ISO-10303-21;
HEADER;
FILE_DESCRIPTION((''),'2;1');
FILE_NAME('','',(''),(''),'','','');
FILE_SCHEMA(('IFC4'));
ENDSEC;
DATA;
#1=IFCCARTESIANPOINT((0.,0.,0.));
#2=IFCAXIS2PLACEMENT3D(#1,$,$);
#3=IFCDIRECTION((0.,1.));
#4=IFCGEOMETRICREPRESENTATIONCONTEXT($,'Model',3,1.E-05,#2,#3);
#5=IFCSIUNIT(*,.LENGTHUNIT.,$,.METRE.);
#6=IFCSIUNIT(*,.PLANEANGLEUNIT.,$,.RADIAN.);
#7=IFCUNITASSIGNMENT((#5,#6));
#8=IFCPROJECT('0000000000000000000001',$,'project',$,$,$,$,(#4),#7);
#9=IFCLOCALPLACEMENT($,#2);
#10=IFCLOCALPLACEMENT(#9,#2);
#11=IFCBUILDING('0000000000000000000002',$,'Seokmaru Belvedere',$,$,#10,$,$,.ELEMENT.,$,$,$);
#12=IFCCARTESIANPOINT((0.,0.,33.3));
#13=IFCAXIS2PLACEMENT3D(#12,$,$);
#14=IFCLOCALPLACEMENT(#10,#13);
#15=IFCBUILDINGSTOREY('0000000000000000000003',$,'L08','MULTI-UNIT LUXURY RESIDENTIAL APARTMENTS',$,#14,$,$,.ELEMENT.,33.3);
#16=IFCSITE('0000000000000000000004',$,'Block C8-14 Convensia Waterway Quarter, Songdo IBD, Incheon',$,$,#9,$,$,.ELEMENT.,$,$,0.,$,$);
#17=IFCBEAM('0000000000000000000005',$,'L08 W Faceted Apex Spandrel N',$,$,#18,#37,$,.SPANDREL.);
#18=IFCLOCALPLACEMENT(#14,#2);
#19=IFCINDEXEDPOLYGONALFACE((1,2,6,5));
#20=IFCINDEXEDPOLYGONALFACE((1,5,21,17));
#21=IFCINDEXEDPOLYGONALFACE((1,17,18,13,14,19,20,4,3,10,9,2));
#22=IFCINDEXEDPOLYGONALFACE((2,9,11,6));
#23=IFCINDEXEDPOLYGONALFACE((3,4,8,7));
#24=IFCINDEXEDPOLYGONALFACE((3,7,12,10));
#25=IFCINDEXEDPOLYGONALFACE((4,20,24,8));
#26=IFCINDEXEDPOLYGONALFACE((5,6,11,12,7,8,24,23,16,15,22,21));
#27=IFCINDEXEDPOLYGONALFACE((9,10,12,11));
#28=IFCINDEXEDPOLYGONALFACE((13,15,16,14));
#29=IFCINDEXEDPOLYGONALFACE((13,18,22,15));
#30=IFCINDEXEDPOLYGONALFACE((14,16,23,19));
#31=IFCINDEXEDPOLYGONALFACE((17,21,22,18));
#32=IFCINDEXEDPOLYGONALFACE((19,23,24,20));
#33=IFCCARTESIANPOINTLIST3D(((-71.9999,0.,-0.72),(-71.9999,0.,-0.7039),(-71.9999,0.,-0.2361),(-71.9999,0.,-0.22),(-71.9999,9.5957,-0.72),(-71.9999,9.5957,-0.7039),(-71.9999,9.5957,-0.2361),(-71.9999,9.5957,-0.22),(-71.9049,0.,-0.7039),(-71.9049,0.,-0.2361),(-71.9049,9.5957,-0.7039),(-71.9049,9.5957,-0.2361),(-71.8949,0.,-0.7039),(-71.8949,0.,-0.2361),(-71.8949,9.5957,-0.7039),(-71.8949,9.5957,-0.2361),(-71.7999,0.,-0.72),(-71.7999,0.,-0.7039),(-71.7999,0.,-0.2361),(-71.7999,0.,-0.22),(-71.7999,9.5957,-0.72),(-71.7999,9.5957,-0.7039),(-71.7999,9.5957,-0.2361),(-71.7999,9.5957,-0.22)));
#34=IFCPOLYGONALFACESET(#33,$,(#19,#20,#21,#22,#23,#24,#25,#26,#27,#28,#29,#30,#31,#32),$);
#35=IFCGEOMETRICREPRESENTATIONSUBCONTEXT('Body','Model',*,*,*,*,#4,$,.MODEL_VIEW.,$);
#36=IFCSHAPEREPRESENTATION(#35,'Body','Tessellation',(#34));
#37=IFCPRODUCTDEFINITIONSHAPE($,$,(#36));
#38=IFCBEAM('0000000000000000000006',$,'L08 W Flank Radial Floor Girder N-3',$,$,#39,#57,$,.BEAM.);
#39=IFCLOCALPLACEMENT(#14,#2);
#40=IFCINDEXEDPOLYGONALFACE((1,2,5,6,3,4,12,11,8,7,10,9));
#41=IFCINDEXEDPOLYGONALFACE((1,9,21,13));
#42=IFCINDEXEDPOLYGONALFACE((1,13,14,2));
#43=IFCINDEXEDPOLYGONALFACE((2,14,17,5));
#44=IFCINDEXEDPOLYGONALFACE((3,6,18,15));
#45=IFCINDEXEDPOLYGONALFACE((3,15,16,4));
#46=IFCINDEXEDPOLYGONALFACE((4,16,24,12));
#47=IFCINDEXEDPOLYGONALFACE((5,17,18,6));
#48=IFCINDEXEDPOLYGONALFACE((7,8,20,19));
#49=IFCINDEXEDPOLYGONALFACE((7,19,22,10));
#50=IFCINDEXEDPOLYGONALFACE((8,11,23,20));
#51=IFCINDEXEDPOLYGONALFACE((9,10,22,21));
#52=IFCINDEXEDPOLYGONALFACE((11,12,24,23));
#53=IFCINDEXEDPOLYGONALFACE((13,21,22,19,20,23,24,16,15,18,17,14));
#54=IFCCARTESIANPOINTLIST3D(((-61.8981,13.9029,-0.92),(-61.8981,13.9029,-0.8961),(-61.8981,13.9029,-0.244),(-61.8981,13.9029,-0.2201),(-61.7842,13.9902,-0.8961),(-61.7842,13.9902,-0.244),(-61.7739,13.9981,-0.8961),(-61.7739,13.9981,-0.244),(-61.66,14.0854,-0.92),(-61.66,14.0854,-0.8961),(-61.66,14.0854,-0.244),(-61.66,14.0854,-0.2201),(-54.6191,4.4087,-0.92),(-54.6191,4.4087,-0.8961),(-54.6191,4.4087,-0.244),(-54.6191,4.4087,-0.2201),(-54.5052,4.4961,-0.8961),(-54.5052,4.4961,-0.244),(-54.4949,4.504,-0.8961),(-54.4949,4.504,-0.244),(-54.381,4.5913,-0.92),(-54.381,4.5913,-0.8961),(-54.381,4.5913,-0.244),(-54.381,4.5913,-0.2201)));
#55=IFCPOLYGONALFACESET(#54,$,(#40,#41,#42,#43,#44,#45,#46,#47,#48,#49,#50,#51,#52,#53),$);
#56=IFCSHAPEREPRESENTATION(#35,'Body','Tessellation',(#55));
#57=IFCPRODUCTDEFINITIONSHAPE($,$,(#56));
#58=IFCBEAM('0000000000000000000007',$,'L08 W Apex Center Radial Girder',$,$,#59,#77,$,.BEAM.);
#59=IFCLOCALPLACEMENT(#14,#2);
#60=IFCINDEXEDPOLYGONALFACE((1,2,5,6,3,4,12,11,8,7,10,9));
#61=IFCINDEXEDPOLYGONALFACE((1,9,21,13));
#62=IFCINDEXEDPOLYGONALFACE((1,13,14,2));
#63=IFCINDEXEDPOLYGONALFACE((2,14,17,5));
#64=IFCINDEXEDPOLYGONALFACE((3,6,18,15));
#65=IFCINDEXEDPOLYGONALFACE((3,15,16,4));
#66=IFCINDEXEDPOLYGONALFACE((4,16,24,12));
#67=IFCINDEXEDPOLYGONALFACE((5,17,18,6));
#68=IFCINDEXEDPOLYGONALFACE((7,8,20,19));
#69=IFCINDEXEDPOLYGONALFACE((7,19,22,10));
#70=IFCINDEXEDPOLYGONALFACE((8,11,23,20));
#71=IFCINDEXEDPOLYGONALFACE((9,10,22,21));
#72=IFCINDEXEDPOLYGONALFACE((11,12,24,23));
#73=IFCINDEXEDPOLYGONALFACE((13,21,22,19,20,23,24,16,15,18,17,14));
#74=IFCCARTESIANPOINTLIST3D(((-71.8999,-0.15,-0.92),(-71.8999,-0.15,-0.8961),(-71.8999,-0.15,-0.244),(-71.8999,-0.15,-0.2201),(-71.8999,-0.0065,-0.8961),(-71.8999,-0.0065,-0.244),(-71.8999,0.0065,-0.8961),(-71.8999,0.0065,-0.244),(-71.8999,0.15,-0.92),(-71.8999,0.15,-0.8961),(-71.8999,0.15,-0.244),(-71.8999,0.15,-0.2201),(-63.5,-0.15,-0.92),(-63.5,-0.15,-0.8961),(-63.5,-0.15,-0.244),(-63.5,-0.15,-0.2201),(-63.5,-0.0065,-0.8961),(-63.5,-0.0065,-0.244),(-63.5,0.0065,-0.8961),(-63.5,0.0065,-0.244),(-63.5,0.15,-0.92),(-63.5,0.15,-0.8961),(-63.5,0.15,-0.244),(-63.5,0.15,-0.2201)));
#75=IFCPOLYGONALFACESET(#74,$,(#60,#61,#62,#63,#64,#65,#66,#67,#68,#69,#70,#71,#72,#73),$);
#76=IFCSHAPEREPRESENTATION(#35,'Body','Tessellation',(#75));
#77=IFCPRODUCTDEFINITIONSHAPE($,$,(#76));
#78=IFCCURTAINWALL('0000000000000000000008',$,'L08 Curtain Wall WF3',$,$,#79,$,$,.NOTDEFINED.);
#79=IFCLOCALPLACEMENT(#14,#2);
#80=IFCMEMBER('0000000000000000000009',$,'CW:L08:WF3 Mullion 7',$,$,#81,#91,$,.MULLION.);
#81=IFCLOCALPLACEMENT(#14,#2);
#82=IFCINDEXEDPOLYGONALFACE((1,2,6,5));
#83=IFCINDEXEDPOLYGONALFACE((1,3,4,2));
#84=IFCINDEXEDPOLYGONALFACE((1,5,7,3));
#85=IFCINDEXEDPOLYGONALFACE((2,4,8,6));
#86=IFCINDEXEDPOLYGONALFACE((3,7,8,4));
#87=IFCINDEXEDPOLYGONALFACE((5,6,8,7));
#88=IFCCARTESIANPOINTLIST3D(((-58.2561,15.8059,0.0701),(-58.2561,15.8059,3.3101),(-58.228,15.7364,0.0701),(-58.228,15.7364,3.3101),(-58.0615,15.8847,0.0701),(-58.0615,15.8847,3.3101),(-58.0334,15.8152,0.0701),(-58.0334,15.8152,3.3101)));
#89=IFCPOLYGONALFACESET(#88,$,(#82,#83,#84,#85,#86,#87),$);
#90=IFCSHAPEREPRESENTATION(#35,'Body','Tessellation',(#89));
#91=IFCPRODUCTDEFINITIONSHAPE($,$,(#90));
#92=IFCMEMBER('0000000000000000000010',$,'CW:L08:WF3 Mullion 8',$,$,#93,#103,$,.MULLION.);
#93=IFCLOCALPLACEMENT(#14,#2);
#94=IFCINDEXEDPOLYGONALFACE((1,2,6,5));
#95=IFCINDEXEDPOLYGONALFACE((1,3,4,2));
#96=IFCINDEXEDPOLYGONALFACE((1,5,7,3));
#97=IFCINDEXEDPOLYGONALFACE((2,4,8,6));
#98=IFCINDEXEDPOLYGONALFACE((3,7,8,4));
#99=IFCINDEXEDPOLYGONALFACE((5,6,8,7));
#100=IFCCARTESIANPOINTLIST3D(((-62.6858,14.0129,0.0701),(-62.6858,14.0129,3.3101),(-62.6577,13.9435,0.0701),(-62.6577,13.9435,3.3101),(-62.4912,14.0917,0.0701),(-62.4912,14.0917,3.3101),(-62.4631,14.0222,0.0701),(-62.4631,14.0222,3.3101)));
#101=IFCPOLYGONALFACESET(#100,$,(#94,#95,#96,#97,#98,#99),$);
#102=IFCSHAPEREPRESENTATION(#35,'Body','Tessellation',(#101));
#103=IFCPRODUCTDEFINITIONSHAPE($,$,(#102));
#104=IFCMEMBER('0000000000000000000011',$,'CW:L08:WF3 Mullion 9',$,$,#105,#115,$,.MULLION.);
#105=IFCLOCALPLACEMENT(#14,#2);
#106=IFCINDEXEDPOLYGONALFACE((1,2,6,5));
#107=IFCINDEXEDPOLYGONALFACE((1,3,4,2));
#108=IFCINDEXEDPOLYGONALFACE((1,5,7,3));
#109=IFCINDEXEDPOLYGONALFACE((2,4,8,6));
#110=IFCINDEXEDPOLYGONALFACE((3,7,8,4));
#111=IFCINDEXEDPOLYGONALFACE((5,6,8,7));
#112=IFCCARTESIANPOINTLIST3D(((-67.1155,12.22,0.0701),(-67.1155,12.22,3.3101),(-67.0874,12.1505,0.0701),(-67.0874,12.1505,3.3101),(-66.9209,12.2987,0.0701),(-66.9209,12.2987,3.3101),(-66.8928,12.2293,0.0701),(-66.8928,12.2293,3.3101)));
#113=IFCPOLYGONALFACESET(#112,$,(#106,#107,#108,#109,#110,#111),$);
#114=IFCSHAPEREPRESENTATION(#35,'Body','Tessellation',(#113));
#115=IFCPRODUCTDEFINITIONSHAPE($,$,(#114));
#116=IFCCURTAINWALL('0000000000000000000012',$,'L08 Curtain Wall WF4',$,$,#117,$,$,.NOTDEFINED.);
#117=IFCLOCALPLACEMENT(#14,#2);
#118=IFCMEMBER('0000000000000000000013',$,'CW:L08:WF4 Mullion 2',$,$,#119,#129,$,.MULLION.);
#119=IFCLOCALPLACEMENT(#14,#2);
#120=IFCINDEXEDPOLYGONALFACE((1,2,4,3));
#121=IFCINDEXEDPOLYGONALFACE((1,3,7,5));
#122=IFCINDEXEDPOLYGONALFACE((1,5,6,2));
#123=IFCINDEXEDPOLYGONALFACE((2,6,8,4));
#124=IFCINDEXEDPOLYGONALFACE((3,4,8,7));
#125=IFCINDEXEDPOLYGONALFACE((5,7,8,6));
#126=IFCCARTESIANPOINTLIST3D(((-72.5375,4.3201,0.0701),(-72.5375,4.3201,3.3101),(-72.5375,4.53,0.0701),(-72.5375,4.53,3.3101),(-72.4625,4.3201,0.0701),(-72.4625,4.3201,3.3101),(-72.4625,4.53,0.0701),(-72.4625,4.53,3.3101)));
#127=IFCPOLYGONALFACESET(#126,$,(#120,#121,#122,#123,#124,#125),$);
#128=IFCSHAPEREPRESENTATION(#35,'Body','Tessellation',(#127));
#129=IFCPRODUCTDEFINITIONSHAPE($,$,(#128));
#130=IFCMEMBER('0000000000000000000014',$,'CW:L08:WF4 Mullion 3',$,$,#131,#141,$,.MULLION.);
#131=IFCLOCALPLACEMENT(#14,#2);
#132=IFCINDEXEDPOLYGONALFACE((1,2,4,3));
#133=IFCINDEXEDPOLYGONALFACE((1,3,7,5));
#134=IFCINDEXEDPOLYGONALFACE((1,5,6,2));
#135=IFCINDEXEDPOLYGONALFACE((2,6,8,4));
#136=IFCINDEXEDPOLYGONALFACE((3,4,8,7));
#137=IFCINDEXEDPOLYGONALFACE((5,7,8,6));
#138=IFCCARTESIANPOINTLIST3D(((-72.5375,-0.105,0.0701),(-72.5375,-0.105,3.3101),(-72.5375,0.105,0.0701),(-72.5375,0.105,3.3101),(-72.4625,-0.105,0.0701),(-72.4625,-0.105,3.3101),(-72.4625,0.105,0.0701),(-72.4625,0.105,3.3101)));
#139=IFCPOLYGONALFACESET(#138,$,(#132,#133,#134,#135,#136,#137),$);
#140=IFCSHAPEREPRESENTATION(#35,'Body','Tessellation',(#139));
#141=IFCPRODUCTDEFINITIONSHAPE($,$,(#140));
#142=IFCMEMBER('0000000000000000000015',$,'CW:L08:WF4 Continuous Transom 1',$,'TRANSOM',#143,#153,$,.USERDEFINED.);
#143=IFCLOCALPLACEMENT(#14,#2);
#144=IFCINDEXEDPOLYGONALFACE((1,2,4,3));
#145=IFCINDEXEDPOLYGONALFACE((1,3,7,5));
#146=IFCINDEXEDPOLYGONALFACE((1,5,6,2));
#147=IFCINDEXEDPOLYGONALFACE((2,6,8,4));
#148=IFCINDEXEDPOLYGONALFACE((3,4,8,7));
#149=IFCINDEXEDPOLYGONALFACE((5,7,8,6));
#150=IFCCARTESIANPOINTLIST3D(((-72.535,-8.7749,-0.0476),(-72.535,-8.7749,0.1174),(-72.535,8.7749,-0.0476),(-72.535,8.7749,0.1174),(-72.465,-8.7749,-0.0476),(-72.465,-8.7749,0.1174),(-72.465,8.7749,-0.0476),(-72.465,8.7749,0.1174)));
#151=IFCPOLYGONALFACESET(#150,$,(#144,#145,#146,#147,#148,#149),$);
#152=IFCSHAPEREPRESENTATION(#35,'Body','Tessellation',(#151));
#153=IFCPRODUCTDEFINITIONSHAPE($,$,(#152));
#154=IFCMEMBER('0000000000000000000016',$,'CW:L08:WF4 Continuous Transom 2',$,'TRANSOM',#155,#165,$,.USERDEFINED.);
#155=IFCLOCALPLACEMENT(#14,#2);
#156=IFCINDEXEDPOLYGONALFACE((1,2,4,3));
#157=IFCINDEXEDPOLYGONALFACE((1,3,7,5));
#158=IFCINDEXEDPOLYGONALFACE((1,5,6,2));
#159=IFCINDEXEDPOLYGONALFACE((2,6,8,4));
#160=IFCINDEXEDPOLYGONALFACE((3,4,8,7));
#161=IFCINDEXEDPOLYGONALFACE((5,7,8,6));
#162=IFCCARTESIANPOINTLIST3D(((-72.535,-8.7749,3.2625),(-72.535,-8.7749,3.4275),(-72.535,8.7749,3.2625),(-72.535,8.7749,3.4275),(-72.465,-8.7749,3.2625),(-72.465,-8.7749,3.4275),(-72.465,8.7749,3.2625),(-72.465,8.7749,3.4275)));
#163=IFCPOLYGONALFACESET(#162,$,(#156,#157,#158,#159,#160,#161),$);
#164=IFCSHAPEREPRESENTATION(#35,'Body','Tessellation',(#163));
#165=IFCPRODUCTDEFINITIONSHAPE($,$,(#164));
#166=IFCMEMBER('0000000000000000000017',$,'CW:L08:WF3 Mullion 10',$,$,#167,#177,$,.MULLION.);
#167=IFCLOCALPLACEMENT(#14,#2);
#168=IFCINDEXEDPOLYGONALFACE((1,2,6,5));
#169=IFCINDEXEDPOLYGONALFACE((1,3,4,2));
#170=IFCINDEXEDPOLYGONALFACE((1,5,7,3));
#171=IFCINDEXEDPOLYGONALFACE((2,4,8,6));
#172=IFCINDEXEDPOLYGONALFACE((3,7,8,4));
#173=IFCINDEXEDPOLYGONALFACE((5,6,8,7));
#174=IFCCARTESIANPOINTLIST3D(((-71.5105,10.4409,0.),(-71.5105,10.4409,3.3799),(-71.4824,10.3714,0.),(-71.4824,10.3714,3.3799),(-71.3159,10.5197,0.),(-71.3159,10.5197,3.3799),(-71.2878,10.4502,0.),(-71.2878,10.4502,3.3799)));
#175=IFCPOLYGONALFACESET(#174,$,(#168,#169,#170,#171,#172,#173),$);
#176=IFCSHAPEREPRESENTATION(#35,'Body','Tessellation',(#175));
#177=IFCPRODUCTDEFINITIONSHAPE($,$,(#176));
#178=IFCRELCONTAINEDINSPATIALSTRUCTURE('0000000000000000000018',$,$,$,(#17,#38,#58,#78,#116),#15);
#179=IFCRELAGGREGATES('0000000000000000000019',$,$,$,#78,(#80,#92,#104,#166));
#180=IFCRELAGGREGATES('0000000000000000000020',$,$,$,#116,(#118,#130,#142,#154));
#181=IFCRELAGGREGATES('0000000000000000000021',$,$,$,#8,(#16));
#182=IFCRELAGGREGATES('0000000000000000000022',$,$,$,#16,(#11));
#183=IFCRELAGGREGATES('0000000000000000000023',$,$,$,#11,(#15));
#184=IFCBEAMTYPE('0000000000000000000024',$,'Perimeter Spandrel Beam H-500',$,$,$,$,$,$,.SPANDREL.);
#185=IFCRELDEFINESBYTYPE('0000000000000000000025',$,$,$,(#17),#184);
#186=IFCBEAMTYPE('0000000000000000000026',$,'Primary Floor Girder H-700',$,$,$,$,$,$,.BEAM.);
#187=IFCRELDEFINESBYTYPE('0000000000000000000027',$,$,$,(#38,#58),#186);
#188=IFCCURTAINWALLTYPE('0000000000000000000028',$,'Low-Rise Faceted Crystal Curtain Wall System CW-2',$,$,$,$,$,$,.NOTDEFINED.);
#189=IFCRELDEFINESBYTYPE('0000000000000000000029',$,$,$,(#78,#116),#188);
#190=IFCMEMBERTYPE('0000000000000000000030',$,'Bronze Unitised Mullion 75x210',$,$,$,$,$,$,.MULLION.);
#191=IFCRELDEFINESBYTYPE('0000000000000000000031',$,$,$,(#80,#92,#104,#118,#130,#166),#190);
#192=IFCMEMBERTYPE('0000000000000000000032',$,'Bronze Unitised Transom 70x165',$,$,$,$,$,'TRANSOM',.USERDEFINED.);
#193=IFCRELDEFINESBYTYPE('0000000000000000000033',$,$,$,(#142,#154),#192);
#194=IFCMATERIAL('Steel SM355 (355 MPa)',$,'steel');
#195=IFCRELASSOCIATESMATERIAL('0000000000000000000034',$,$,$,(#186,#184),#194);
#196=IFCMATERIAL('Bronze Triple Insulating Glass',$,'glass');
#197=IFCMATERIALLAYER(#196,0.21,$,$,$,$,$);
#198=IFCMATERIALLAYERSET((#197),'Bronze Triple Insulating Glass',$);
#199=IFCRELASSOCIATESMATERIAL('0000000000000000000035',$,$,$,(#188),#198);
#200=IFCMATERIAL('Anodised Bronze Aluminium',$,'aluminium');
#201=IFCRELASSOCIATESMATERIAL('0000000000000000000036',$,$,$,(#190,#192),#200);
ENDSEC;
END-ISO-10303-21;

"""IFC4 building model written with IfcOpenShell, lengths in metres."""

from ifc_helpers import new_model, si_unit, direction, frame, origin, origin_2d, place, context, subcontext, project, spatial, rectangle, i_section, extrude, source, transform, mapped, material, layer, layer_set, material_profile, profile_set, type_object, type_shapes, element, aggregate, save


model = new_model("IFC4")

# Units and contexts
model_context = context("Model", 3, precision=1e-05, world=origin(), true_north=direction((0.0, 1.0)))
body_context = subcontext(model_context, "Body", "Model", "MODEL_VIEW")
ifc_project = project(units=[si_unit("LENGTHUNIT", "METRE"), si_unit("PLANEANGLEUNIT", "RADIAN")], contexts=[model_context])

# Site, building, storey
site_placement = place(None, origin())
site = spatial("IfcSite", under=ifc_project, at=site_placement, Name="Block C8-14 Convensia Waterway Quarter, Songdo IBD, Incheon", CompositionType="ELEMENT", RefElevation=0.0)
building_placement = place(site_placement, origin())
building = spatial("IfcBuilding", under=site, at=building_placement, Name="Seokmaru Belvedere", CompositionType="ELEMENT")
storey_placement = place(building_placement, frame((0.0, 0.0, 33.3)))
storey = spatial("IfcBuildingStorey", under=building, at=storey_placement, Name="L08", Description="MULTI-UNIT LUXURY RESIDENTIAL APARTMENTS", CompositionType="ELEMENT", Elevation=33.3)

# Shared definitions
ifc_material_1 = material(Name="Steel SM355 (355 MPa)", Category="steel")

# Beams
ifc_material_profile_1 = material_profile(ifc_material_1, i_section(OverallWidth=0.3, OverallDepth=0.7, WebThickness=0.0129, FlangeThickness=0.0239, at=origin_2d()), Name="H-700x300x13x24")
ifc_profile_set_1 = profile_set([ifc_material_profile_1], Name="Steel SM355 (355 MPa)")
beam_type_1 = type_object("IfcBeamType", Name="Primary Floor Girder H-700", PredefinedType="BEAM", material=ifc_profile_set_1)
ifc_material_profile_2 = material_profile(ifc_material_1, i_section(OverallWidth=0.2, OverallDepth=0.5, WebThickness=0.01, FlangeThickness=0.0161, at=origin_2d()), Name="H-500x200x10x16")
ifc_profile_set_2 = profile_set([ifc_material_profile_2], Name="Steel SM355 (355 MPa)")
beam_type_2 = type_object("IfcBeamType", Name="Perimeter Spandrel Beam H-500", PredefinedType="SPANDREL", material=ifc_profile_set_2)
shared_shape_1 = source(origin(), body_context, "Body", "SweptSolid", [
    extrude(i_section(OverallWidth=0.2, OverallDepth=0.5, WebThickness=0.01, FlangeThickness=0.0161, at=origin_2d()), origin(), (0.0, 0.0, 1.0), 9.5957),
])
beam_1_placement = place(storey_placement, frame((-71.8999, 0.0, -0.47), z_axis=(0.0, 1.0, 0.0), x_axis=(-1.0, 0.0, 0.0)))
element("IfcBeam", 1, at=beam_1_placement, inside=storey, type_object=beam_type_2, Name="L08 W Faceted Apex Spandrel N", PredefinedType="SPANDREL", context=body_context, shape_type="MappedRepresentation", body=[
    mapped(shared_shape_1, transform((0.0, 0.0, 0.0), scale=1.0)),
])
shared_shape_2 = source(origin(), body_context, "Body", "SweptSolid", [
    extrude(i_section(OverallWidth=0.3, OverallDepth=0.7, WebThickness=0.0129, FlangeThickness=0.0239, at=origin_2d()), origin(), (0.0, 0.0, 1.0), 11.9634),
])
beam_2_placement = place(storey_placement, frame((-61.7791, 13.9941, -0.5701), z_axis=(0.608443, -0.793598, 0.0), x_axis=(0.793598, 0.608443, 0.0)))
element("IfcBeam", 2, at=beam_2_placement, inside=storey, type_object=beam_type_1, Name="L08 W Flank Radial Floor Girder N-3", PredefinedType="BEAM", context=body_context, shape_type="MappedRepresentation", body=[
    mapped(shared_shape_2, transform((0.0, 0.0, 0.0), scale=1.0)),
])
shared_shape_3 = source(origin(), body_context, "Body", "SweptSolid", [
    extrude(i_section(OverallWidth=0.3, OverallDepth=0.7, WebThickness=0.0129, FlangeThickness=0.0239, at=origin_2d()), origin(), (0.0, 0.0, 1.0), 8.3999),
])
beam_3_placement = place(storey_placement, frame((-71.8999, 0.0, -0.5701), z_axis=(1.0, 0.0, 0.0), x_axis=(0.0, 1.0, 0.0)))
element("IfcBeam", 3, at=beam_3_placement, inside=storey, type_object=beam_type_1, Name="L08 W Apex Center Radial Girder", PredefinedType="BEAM", context=body_context, shape_type="MappedRepresentation", body=[
    mapped(shared_shape_3, transform((0.0, 0.0, 0.0), scale=1.0)),
])

# Curtain walls, members
ifc_material_2 = material(Name="Bronze Triple Insulating Glass", Category="glass")
ifc_layer_1 = layer(ifc_material_2, 0.21)
ifc_layer_set_1 = layer_set([ifc_layer_1], Name="Bronze Triple Insulating Glass")
curtain_wall_type = type_object("IfcCurtainWallType", Name="Low-Rise Faceted Crystal Curtain Wall System CW-2", PredefinedType="NOTDEFINED", material=ifc_layer_set_1)
curtain_wall_1_placement = place(storey_placement, origin())
curtain_wall_1 = element("IfcCurtainWall", 4, at=curtain_wall_1_placement, inside=storey, type_object=curtain_wall_type, Name="L08 Curtain Wall WF3", PredefinedType="NOTDEFINED")
ifc_material_3 = material(Name="Anodised Bronze Aluminium", Category="aluminium")
ifc_material_profile_3 = material_profile(ifc_material_3, rectangle(XDim=0.075, YDim=0.21, at=origin_2d()), Name="CW-M-75x210")
ifc_profile_set_3 = profile_set([ifc_material_profile_3], Name="Anodised Bronze Aluminium")
member_type_1 = type_object("IfcMemberType", Name="Bronze Unitised Mullion 75x210", PredefinedType="MULLION", material=ifc_profile_set_3)
shared_shape_4 = source(origin(), body_context, "Body", "SweptSolid", [
    extrude(rectangle(XDim=0.075, YDim=0.21, at=origin_2d()), origin(), (0.0, 0.0, 1.0), 3.24),
])
member_1_placement = place(storey_placement, frame((-58.1448, 15.8105, 0.0701), z_axis=(0.0, 0.0, 1.0), x_axis=(0.375192, -0.926947, 0.0)))
member_1 = element("IfcMember", 5, at=member_1_placement, type_object=member_type_1, Name="CW:L08:WF3 Mullion 7", PredefinedType="MULLION", context=body_context, shape_type="MappedRepresentation", body=[
    mapped(shared_shape_4, transform((0.0, 0.0, 0.0), scale=1.0)),
])
member_2_placement = place(storey_placement, frame((-62.5745, 14.0176, 0.0701), z_axis=(0.0, 0.0, 1.0), x_axis=(0.375192, -0.926947, 0.0)))
member_2 = element("IfcMember", 6, at=member_2_placement, type_object=member_type_1, Name="CW:L08:WF3 Mullion 8", PredefinedType="MULLION", context=body_context, shape_type="MappedRepresentation", body=[
    mapped(shared_shape_4, transform((0.0, 0.0, 0.0), scale=1.0)),
])
member_3_placement = place(storey_placement, frame((-67.0042, 12.2246, 0.0701), z_axis=(0.0, 0.0, 1.0), x_axis=(0.375192, -0.926947, 0.0)))
member_3 = element("IfcMember", 7, at=member_3_placement, type_object=member_type_1, Name="CW:L08:WF3 Mullion 9", PredefinedType="MULLION", context=body_context, shape_type="MappedRepresentation", body=[
    mapped(shared_shape_4, transform((0.0, 0.0, 0.0), scale=1.0)),
])
curtain_wall_2_placement = place(storey_placement, origin())
curtain_wall_2 = element("IfcCurtainWall", 8, at=curtain_wall_2_placement, inside=storey, type_object=curtain_wall_type, Name="L08 Curtain Wall WF4", PredefinedType="NOTDEFINED")
member_4_placement = place(storey_placement, frame((-72.5, 4.425, 0.0701), z_axis=(0.0, 0.0, 1.0), x_axis=(1.0, 0.0, 0.0)))
member_4 = element("IfcMember", 9, at=member_4_placement, type_object=member_type_1, Name="CW:L08:WF4 Mullion 2", PredefinedType="MULLION", context=body_context, shape_type="MappedRepresentation", body=[
    mapped(shared_shape_4, transform((0.0, 0.0, 0.0), scale=1.0)),
])
member_5_placement = place(storey_placement, frame((-72.5, 0.0, 0.0701), z_axis=(0.0, 0.0, 1.0), x_axis=(1.0, 0.0, 0.0)))
member_5 = element("IfcMember", 10, at=member_5_placement, type_object=member_type_1, Name="CW:L08:WF4 Mullion 3", PredefinedType="MULLION", context=body_context, shape_type="MappedRepresentation", body=[
    mapped(shared_shape_4, transform((0.0, 0.0, 0.0), scale=1.0)),
])
ifc_material_profile_4 = material_profile(ifc_material_3, rectangle(XDim=0.0701, YDim=0.165, at=origin_2d()), Name="CW-T-70x165")
ifc_profile_set_4 = profile_set([ifc_material_profile_4], Name="Anodised Bronze Aluminium")
member_type_2 = type_object("IfcMemberType", Name="Bronze Unitised Transom 70x165", ElementType="TRANSOM", PredefinedType="USERDEFINED", material=ifc_profile_set_4)
shared_shape_5 = source(origin(), body_context, "Body", "SweptSolid", [
    extrude(rectangle(XDim=0.0701, YDim=0.165, at=origin_2d()), origin(), (0.0, 0.0, 1.0), 17.5498),
])
type_shapes(member_type_2, [shared_shape_5])
member_6_placement = place(storey_placement, frame((-72.5, 8.7749, 0.0349), z_axis=(0.0, -1.0, 0.0), x_axis=(1.0, 0.0, 0.0)))
member_6 = element("IfcMember", 11, at=member_6_placement, type_object=member_type_2, Name="CW:L08:WF4 Continuous Transom 1", ObjectType="TRANSOM", PredefinedType="USERDEFINED", context=body_context, shape_type="MappedRepresentation", body=[
    mapped(shared_shape_5, transform((0.0, 0.0, 0.0), scale=1.0)),
])
member_7_placement = place(storey_placement, frame((-72.5, 8.7749, 3.345), z_axis=(0.0, -1.0, 0.0), x_axis=(1.0, 0.0, 0.0)))
member_7 = element("IfcMember", 12, at=member_7_placement, type_object=member_type_2, Name="CW:L08:WF4 Continuous Transom 2", ObjectType="TRANSOM", PredefinedType="USERDEFINED", context=body_context, shape_type="MappedRepresentation", body=[
    mapped(shared_shape_5, transform((0.0, 0.0, 0.0), scale=1.0)),
])

# Member
shared_shape_6 = source(origin(), body_context, "Body", "SweptSolid", [
    extrude(rectangle(XDim=0.075, YDim=0.21, at=origin_2d()), origin(), (0.0, 0.0, 1.0), 3.3799),
])
type_shapes(member_type_1, [shared_shape_4, shared_shape_6])
member_8_placement = place(storey_placement, frame((-71.3992, 10.4456, 0.0), z_axis=(0.0, 0.0, 1.0), x_axis=(0.375192, -0.926947, 0.0)))
member_8 = element("IfcMember", 13, at=member_8_placement, type_object=member_type_1, Name="CW:L08:WF3 Mullion 10", PredefinedType="MULLION", context=body_context, shape_type="MappedRepresentation", body=[
    mapped(shared_shape_6, transform((0.0, 0.0, 0.0), scale=1.0)),
])

aggregate(curtain_wall_1, [member_1, member_2, member_3, member_8])
aggregate(curtain_wall_2, [member_4, member_5, member_6, member_7])

save(model, "model.ifc")
